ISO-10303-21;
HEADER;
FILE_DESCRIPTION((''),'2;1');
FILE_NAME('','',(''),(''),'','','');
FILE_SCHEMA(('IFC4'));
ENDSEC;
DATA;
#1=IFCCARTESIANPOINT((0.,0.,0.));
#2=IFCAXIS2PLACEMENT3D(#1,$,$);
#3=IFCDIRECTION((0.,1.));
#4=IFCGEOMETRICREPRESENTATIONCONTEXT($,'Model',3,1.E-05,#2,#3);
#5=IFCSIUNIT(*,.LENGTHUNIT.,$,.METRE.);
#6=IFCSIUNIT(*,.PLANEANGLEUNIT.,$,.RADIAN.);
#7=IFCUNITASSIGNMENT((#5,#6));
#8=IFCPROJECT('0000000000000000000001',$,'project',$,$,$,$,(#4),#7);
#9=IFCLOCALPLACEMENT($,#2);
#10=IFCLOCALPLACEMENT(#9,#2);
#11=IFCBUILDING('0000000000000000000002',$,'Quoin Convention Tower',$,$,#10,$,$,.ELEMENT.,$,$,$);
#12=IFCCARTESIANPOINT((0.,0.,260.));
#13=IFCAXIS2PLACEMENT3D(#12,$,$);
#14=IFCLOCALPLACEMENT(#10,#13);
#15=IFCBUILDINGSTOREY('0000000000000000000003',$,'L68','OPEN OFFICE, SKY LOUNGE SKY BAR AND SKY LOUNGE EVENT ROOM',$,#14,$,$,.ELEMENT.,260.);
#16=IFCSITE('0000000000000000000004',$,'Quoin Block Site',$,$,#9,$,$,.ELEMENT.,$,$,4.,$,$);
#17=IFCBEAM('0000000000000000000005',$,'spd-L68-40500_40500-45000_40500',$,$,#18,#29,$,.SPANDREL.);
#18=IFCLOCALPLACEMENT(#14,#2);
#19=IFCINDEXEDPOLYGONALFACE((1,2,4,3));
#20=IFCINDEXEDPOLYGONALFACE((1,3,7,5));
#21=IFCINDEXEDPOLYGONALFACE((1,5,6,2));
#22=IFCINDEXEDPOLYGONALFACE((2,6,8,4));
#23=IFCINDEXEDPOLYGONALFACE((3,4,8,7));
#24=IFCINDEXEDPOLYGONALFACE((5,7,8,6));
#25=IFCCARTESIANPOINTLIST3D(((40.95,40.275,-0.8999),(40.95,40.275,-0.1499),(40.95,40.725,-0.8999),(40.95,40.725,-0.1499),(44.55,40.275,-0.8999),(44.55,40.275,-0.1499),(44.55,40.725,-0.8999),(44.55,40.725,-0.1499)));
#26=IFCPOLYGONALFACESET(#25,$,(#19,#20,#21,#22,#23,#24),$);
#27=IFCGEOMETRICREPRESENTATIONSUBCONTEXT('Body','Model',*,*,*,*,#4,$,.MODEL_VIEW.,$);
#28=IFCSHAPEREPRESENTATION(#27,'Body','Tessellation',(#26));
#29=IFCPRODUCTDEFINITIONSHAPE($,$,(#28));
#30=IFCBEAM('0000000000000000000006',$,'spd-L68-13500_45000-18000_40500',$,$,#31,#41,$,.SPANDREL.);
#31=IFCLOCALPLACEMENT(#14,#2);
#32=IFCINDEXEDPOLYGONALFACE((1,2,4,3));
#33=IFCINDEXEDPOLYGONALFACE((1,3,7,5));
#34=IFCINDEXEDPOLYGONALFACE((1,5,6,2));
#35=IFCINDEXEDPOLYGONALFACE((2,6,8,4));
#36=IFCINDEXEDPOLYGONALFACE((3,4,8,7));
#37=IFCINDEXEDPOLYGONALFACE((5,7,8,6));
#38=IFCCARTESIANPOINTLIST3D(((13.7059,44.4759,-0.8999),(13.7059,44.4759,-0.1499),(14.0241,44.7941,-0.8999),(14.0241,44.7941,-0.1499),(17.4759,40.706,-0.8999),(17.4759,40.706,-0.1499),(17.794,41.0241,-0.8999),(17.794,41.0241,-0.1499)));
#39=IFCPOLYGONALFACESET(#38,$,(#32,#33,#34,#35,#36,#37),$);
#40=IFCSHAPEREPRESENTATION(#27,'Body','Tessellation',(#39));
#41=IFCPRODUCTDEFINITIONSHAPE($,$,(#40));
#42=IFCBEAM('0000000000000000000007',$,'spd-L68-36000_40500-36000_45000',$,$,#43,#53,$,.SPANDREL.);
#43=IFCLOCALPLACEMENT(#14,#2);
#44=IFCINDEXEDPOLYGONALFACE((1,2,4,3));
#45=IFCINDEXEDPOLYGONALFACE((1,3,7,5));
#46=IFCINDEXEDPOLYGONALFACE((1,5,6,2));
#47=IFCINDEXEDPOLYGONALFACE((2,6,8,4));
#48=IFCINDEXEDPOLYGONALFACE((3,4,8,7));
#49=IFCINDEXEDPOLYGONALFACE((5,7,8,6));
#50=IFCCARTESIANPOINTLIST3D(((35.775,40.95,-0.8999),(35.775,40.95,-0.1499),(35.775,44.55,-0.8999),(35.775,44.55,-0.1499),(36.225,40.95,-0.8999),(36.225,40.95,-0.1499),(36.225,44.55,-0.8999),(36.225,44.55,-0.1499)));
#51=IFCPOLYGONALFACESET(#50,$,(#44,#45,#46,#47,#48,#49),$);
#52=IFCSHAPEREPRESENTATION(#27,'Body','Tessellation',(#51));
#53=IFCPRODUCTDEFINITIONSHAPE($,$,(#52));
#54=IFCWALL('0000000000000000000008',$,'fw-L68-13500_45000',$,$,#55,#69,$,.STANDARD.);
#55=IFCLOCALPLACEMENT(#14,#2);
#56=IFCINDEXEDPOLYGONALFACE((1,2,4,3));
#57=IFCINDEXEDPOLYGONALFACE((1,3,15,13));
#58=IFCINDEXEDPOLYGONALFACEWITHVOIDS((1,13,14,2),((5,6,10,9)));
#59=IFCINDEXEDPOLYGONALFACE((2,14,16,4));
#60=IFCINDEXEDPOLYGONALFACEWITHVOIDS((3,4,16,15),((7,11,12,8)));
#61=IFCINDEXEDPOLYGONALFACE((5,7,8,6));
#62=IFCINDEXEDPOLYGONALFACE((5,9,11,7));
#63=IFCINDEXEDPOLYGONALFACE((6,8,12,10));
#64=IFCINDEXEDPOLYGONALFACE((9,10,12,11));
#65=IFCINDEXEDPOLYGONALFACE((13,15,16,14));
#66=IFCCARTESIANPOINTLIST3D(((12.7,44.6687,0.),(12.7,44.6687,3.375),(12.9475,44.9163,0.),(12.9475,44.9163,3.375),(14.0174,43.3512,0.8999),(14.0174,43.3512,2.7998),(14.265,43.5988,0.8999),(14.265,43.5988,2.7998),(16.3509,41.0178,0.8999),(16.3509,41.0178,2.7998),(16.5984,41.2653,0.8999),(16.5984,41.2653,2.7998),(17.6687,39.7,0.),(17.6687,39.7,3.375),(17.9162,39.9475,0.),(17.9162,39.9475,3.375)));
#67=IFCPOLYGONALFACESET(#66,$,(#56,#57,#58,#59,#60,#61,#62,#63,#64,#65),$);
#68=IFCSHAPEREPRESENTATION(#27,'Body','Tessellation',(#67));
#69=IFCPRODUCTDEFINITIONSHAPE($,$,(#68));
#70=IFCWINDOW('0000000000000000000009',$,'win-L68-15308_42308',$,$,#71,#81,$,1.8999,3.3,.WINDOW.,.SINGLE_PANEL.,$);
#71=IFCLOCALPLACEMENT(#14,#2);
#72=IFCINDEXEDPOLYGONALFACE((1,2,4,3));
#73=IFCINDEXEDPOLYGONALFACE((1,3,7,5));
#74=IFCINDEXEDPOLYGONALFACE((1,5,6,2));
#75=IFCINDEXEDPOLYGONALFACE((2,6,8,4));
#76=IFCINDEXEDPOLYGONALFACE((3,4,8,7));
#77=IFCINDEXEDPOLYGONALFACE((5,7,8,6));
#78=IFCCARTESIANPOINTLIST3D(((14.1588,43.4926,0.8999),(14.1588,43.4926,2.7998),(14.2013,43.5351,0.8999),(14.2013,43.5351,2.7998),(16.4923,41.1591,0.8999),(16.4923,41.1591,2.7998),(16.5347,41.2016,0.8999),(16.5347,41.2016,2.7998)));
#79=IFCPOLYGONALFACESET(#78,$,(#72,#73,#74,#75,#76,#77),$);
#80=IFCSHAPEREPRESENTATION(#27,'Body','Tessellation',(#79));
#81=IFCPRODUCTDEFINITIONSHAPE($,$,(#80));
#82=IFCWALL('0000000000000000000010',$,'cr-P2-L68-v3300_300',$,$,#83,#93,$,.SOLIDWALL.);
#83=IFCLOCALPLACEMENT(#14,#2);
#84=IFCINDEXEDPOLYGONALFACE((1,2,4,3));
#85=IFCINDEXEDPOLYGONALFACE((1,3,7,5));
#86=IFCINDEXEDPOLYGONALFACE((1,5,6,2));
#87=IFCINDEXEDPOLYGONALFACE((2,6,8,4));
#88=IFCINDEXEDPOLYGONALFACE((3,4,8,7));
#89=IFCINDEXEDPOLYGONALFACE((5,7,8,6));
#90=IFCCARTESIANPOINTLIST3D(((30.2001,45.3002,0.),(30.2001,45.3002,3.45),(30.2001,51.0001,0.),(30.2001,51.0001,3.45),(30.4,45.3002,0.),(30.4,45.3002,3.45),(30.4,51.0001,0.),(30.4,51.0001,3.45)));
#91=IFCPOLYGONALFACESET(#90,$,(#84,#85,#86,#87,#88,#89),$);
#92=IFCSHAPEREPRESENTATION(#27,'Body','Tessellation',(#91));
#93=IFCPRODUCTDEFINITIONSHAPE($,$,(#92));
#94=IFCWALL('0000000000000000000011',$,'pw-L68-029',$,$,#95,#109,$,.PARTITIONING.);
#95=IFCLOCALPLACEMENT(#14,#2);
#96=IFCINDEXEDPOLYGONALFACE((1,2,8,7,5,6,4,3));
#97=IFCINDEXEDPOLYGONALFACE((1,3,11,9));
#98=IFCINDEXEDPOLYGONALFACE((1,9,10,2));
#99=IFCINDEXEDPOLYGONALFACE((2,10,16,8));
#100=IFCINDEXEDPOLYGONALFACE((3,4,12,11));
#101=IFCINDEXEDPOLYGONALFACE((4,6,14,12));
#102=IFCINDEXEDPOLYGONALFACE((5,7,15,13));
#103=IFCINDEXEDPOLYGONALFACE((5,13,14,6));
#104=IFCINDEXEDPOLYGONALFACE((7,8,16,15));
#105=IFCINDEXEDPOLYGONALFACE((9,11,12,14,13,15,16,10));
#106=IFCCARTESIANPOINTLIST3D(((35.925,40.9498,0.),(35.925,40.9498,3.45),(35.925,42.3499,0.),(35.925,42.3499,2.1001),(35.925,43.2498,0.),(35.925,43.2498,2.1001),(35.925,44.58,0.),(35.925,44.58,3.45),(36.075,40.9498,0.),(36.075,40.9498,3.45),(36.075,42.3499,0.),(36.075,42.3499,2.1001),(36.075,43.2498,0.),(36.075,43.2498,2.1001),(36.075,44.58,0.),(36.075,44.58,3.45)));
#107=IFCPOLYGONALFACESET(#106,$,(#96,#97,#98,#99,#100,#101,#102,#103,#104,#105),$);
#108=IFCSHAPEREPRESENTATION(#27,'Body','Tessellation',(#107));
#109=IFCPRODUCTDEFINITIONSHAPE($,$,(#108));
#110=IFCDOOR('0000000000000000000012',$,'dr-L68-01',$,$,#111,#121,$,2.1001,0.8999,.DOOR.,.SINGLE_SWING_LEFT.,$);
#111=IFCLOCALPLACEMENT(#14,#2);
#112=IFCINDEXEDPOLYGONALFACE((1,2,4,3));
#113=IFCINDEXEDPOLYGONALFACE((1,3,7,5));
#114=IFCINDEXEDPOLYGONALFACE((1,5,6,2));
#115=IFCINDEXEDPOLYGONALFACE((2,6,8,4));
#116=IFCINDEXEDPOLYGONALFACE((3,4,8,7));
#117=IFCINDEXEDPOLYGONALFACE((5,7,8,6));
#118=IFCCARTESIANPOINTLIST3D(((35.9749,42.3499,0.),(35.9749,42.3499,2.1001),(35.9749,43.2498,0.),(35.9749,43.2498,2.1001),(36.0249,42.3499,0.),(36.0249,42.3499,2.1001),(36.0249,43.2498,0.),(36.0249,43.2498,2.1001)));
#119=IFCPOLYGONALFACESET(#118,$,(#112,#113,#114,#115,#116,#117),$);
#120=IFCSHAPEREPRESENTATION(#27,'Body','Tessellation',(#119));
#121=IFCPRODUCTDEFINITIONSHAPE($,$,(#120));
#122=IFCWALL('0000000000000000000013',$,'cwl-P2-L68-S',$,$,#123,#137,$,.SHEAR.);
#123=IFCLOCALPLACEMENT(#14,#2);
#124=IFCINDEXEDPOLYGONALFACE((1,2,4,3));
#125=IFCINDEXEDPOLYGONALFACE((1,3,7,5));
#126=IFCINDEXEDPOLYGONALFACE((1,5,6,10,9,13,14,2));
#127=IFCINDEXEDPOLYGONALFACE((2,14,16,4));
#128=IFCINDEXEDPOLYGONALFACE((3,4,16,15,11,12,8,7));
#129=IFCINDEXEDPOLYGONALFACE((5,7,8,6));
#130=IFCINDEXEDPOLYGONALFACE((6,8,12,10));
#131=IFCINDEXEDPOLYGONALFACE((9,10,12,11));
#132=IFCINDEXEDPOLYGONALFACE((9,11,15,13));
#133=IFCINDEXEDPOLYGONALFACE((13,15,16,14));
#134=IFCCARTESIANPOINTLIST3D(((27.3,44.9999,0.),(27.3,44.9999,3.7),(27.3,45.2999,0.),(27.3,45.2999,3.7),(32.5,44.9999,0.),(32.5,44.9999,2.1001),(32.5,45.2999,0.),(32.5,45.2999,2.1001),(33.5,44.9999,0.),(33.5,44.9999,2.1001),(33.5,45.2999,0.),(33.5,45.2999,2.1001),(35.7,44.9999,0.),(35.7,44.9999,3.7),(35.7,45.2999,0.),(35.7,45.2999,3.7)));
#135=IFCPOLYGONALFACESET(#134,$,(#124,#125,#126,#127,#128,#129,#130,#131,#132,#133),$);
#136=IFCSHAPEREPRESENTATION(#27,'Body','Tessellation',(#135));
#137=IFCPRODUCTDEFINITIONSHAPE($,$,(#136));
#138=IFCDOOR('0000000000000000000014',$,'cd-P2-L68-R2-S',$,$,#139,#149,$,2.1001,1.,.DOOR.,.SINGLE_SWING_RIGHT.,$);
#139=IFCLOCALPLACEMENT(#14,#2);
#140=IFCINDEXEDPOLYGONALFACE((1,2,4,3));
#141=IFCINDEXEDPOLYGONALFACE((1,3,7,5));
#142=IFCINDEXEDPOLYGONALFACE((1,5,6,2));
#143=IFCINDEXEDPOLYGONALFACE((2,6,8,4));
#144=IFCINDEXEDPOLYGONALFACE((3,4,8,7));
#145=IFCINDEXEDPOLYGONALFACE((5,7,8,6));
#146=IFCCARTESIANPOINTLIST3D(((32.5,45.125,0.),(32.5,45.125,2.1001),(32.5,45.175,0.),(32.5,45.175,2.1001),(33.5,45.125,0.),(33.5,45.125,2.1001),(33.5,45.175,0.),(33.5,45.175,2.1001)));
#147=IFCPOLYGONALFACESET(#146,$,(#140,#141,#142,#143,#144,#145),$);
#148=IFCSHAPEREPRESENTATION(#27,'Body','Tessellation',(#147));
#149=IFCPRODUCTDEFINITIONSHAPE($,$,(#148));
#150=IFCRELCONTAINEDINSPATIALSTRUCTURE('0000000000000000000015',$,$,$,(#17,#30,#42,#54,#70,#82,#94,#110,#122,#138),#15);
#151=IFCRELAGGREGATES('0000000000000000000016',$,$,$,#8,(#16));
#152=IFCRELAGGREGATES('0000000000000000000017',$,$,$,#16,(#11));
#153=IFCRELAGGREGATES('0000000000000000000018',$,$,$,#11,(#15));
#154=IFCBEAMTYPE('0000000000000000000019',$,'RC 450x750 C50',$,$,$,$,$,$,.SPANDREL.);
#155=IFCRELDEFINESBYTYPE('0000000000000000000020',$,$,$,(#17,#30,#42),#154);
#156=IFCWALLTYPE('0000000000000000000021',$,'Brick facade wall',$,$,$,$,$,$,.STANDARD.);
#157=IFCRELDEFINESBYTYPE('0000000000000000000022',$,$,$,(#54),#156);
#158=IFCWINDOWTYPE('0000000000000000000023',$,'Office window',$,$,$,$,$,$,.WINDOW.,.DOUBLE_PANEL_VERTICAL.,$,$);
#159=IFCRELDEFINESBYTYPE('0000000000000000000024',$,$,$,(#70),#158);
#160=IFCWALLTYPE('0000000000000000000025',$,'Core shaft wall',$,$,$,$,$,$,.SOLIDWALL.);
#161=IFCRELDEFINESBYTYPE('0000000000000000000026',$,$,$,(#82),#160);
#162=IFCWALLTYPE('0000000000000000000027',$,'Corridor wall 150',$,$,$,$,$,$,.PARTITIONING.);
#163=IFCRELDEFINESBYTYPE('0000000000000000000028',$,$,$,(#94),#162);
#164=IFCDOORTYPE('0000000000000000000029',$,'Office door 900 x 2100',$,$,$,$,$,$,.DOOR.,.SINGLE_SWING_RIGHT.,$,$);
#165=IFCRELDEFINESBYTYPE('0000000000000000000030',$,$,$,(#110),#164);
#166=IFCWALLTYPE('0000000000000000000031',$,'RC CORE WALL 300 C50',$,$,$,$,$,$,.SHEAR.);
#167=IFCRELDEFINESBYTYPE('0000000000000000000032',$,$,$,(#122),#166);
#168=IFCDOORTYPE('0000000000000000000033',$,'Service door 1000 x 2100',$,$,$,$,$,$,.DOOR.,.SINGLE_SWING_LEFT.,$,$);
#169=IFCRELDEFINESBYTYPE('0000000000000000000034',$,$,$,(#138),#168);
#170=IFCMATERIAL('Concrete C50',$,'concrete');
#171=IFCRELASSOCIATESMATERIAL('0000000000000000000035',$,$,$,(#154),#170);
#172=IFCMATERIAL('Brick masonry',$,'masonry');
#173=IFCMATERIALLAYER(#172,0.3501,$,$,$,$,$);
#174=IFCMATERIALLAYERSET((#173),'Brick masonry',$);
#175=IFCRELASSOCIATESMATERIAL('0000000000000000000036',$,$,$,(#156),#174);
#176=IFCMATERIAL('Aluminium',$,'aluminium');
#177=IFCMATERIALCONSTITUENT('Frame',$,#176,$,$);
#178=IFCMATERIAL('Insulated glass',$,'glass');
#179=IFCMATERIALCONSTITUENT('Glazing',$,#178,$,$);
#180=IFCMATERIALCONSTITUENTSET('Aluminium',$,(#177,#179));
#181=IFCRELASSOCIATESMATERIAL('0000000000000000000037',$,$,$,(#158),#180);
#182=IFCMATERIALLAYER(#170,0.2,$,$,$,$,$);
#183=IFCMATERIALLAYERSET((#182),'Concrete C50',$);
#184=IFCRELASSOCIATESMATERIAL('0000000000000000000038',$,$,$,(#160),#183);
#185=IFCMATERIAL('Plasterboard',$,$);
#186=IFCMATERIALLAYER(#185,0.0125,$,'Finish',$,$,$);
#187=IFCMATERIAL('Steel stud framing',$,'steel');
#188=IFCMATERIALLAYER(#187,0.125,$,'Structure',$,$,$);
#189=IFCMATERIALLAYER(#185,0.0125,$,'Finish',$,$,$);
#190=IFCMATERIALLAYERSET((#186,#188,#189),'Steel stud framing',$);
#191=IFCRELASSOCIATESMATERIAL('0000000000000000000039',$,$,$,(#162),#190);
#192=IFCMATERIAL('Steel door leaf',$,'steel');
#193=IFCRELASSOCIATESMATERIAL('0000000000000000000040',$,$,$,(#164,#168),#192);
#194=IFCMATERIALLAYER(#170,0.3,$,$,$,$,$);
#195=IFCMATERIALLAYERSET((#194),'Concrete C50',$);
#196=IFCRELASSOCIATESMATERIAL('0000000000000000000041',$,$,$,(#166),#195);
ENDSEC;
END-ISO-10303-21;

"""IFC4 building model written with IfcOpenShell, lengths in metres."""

from ifc_helpers import new_model, si_unit, direction, frame, frame_2d, origin, origin_2d, place, context, subcontext, project, spatial, rectangle, extrude, material, layer, layer_set, constituent, constituent_set, material_profile, profile_set, type_object, element, fill, save


model = new_model("IFC4")

# Units and contexts
model_context = context("Model", 3, precision=1e-05, world=origin(), true_north=direction((0.0, 1.0)))
body_context = subcontext(model_context, "Body", "Model", "MODEL_VIEW")
ifc_project = project(units=[si_unit("LENGTHUNIT", "METRE"), si_unit("PLANEANGLEUNIT", "RADIAN")], contexts=[model_context])

# Site, building, storey
site_placement = place(None, origin())
site = spatial("IfcSite", under=ifc_project, at=site_placement, Name="Quoin Block Site", CompositionType="ELEMENT", RefElevation=4.0)
building_placement = place(site_placement, origin())
building = spatial("IfcBuilding", under=site, at=building_placement, Name="Quoin Convention Tower", CompositionType="ELEMENT")
storey_placement = place(building_placement, frame((0.0, 0.0, 260.0)))
storey = spatial("IfcBuildingStorey", under=building, at=storey_placement, Name="L68", Description="OPEN OFFICE, SKY LOUNGE SKY BAR AND SKY LOUNGE EVENT ROOM", CompositionType="ELEMENT", Elevation=260.0)

# Shared definitions
ifc_material_1 = material(Name="Concrete C50", Category="concrete")

# Beams
ifc_material_profile_1 = material_profile(ifc_material_1, rectangle(XDim=0.45, YDim=0.75, at=origin_2d()), Name="RC 450x750")
ifc_profile_set_1 = profile_set([ifc_material_profile_1], Name="Concrete C50")
beam_type_1 = type_object("IfcBeamType", Name="RC 450x750 C50", PredefinedType="SPANDREL", material=ifc_profile_set_1)
beam_1_placement = place(storey_placement, frame((40.95, 40.5, -0.5249), z_axis=(1.0, 0.0, 0.0), x_axis=(0.0, 1.0, 0.0)))
element("IfcBeam", 1, at=beam_1_placement, inside=storey, type_object=beam_type_1, Name="spd-L68-40500_40500-45000_40500", PredefinedType="SPANDREL", context=body_context, shape_type="SweptSolid", body=[
    extrude(rectangle(XDim=0.45, YDim=0.75, at=origin_2d()), origin(), (0.0, 0.0, 1.0), 3.6001),
])
beam_2_placement = place(storey_placement, frame((13.865, 44.635, -0.5249), z_axis=(0.707107, -0.707107, 0.0), x_axis=(0.707107, 0.707107, 0.0)))
element("IfcBeam", 2, at=beam_2_placement, inside=storey, type_object=beam_type_1, Name="spd-L68-13500_45000-18000_40500", PredefinedType="SPANDREL", context=body_context, shape_type="SweptSolid", body=[
    extrude(rectangle(XDim=0.45, YDim=0.75, at=origin_2d()), origin(), (0.0, 0.0, 1.0), 5.3315),
])
beam_3_placement = place(storey_placement, frame((36.0, 40.95, -0.5249), z_axis=(0.0, 1.0, 0.0), x_axis=(-1.0, 0.0, 0.0)))
element("IfcBeam", 3, at=beam_3_placement, inside=storey, type_object=beam_type_1, Name="spd-L68-36000_40500-36000_45000", PredefinedType="SPANDREL", context=body_context, shape_type="SweptSolid", body=[
    extrude(rectangle(XDim=0.45, YDim=0.75, at=origin_2d()), origin(), (0.0, 0.0, 1.0), 3.6001),
])

# Wall, opening, window
ifc_material_2 = material(Name="Brick masonry", Category="masonry")
ifc_layer_1 = layer(ifc_material_2, 0.3501)
ifc_layer_set_1 = layer_set([ifc_layer_1], Name="Brick masonry")
wall_type_1 = type_object("IfcWallType", Name="Brick facade wall", PredefinedType="STANDARD", material=ifc_layer_set_1)
wall_1_placement = place(storey_placement, frame((12.8237, 44.7925, 0.0), z_axis=(0.0, 0.0, 1.0), x_axis=(0.707107, -0.707107, 0.0)))
wall_1 = element("IfcWall", 4, at=wall_1_placement, inside=storey, type_object=wall_type_1, Name="fw-L68-13500_45000", PredefinedType="STANDARD", context=body_context, shape_type="SweptSolid", body=[
    extrude(rectangle(XDim=7.0269, YDim=0.3501, at=frame_2d((3.5134, 0.0))), origin(), (0.0, 0.0, 1.0), 3.375),
])
opening_1_placement = place(wall_1_placement, frame((1.8633, 0.0, 0.8999)))
opening_1 = element("IfcOpeningElement", 5, at=opening_1_placement, cuts=wall_1, PredefinedType="OPENING", context=body_context, shape_type="SweptSolid", body=[
    extrude(rectangle(XDim=3.3, YDim=1.8999, at=frame_2d((1.6499, 0.95))), frame((0.0, 0.1851, 0.0), z_axis=(0.0, -1.0, 0.0), x_axis=(1.0, 0.0, 0.0)), (0.0, 0.0, 1.0), 0.3701),
])
ifc_material_3 = material(Name="Aluminium", Category="aluminium")
ifc_constituent_1 = constituent(ifc_material_3, Name="Frame")
ifc_material_4 = material(Name="Insulated glass", Category="glass")
ifc_constituent_2 = constituent(ifc_material_4, Name="Glazing")
ifc_constituent_set = constituent_set(constituents=[ifc_constituent_1, ifc_constituent_2], Name="Aluminium")
window_type = type_object("IfcWindowType", Name="Office window", PartitioningType="DOUBLE_PANEL_VERTICAL", PredefinedType="WINDOW", material=ifc_constituent_set)
window_placement = place(opening_1_placement, origin())
window = element("IfcWindow", 6, at=window_placement, inside=storey, type_object=window_type, Name="win-L68-15308_42308", OverallHeight=1.8999, OverallWidth=3.3, PartitioningType="SINGLE_PANEL", PredefinedType="WINDOW", context=body_context, shape_type="SweptSolid", body=[
    extrude(rectangle(XDim=3.3, YDim=1.8999, at=frame_2d((1.6499, 0.95))), frame((0.0, 0.085, 0.0), z_axis=(0.0, -1.0, 0.0), x_axis=(1.0, 0.0, 0.0)), (0.0, 0.0, 1.0), 0.0601),
])
fill(opening_1, window)

# Wall
ifc_layer_2 = layer(ifc_material_1, 0.2)
ifc_layer_set_2 = layer_set([ifc_layer_2], Name="Concrete C50")
wall_type_2 = type_object("IfcWallType", Name="Core shaft wall", PredefinedType="SOLIDWALL", material=ifc_layer_set_2)
wall_2_placement = place(storey_placement, frame((30.3, 45.3, 0.0), z_axis=(0.0, 0.0, 1.0), x_axis=(0.0, 1.0, 0.0)))
element("IfcWall", 7, at=wall_2_placement, inside=storey, type_object=wall_type_2, Name="cr-P2-L68-v3300_300", PredefinedType="SOLIDWALL", context=body_context, shape_type="SweptSolid", body=[
    extrude(rectangle(XDim=5.7, YDim=0.2, at=frame_2d((2.8501, 0.0))), origin(), (0.0, 0.0, 1.0), 3.45),
])

# Walls, openings, doors
ifc_material_5 = material(Name="Plasterboard")
ifc_layer_3 = layer(ifc_material_5, 0.0125, Name="Finish")
ifc_material_6 = material(Name="Steel stud framing", Category="steel")
ifc_layer_4 = layer(ifc_material_6, 0.125, Name="Structure")
ifc_layer_5 = layer(ifc_material_5, 0.0125, Name="Finish")
ifc_layer_set_3 = layer_set([ifc_layer_3, ifc_layer_4, ifc_layer_5], Name="Steel stud framing")
wall_type_3 = type_object("IfcWallType", Name="Corridor wall 150", PredefinedType="PARTITIONING", material=ifc_layer_set_3)
wall_3_placement = place(storey_placement, frame((36.0, 40.95, 0.0), z_axis=(0.0, 0.0, 1.0), x_axis=(0.0, 1.0, 0.0)))
wall_3 = element("IfcWall", 8, at=wall_3_placement, inside=storey, type_object=wall_type_3, Name="pw-L68-029", PredefinedType="PARTITIONING", context=body_context, shape_type="SweptSolid", body=[
    extrude(rectangle(XDim=3.6301, YDim=0.1499, at=frame_2d((1.8149, 0.0))), origin(), (0.0, 0.0, 1.0), 3.45),
])
opening_2_placement = place(wall_3_placement, frame((1.3999, 0.0, 0.0)))
opening_2 = element("IfcOpeningElement", 9, at=opening_2_placement, cuts=wall_3, PredefinedType="OPENING", context=body_context, shape_type="SweptSolid", body=[
    extrude(rectangle(XDim=0.8999, YDim=2.1001, at=frame_2d((0.45, 1.05))), frame((0.0, 0.085, 0.0), z_axis=(0.0, -1.0, 0.0), x_axis=(1.0, 0.0, 0.0)), (0.0, 0.0, 1.0), 0.1699),
])
ifc_material_7 = material(Name="Steel door leaf", Category="steel")
door_type_1 = type_object("IfcDoorType", Name="Office door 900 x 2100", OperationType="SINGLE_SWING_RIGHT", PredefinedType="DOOR", material=ifc_material_7)
door_1_placement = place(opening_2_placement, frame((0.8999, 0.0, 0.0), z_axis=(0.0, 0.0, 1.0), x_axis=(-1.0, 0.0, 0.0)))
door_1 = element("IfcDoor", 10, at=door_1_placement, inside=storey, type_object=door_type_1, Name="dr-L68-01", OperationType="SINGLE_SWING_LEFT", OverallHeight=2.1001, OverallWidth=0.8999, PredefinedType="DOOR", context=body_context, shape_type="SweptSolid", body=[
    extrude(rectangle(XDim=0.8999, YDim=2.1001, at=frame_2d((0.45, 1.05))), frame((0.0, 0.0249, 0.0), z_axis=(0.0, -1.0, 0.0), x_axis=(1.0, 0.0, 0.0)), (0.0, 0.0, 1.0), 0.05),
])
fill(opening_2, door_1)
ifc_layer_6 = layer(ifc_material_1, 0.3)
ifc_layer_set_4 = layer_set([ifc_layer_6], Name="Concrete C50")
wall_type_4 = type_object("IfcWallType", Name="RC CORE WALL 300 C50", PredefinedType="SHEAR", material=ifc_layer_set_4)
wall_4_placement = place(storey_placement, frame((27.3, 45.1499, 0.0), z_axis=(0.0, 0.0, 1.0), x_axis=(1.0, 0.0, 0.0)))
wall_4 = element("IfcWall", 11, at=wall_4_placement, inside=storey, type_object=wall_type_4, Name="cwl-P2-L68-S", PredefinedType="SHEAR", context=body_context, shape_type="SweptSolid", body=[
    extrude(rectangle(XDim=8.3999, YDim=0.3, at=frame_2d((4.2, 0.0))), origin(), (0.0, 0.0, 1.0), 3.7),
])
opening_3_placement = place(wall_4_placement, frame((5.2, 0.0, 0.0)))
opening_3 = element("IfcOpeningElement", 12, at=opening_3_placement, cuts=wall_4, PredefinedType="OPENING", context=body_context, shape_type="SweptSolid", body=[
    extrude(rectangle(XDim=1.0, YDim=2.1001, at=frame_2d((0.5, 1.05))), frame((0.0, 0.1599, 0.0), z_axis=(0.0, -1.0, 0.0), x_axis=(1.0, 0.0, 0.0)), (0.0, 0.0, 1.0), 0.3201),
])
door_type_2 = type_object("IfcDoorType", Name="Service door 1000 x 2100", OperationType="SINGLE_SWING_LEFT", PredefinedType="DOOR", material=ifc_material_7)
door_2_placement = place(opening_3_placement, frame((1.0, 0.0, 0.0), z_axis=(0.0, 0.0, 1.0), x_axis=(-1.0, 0.0, 0.0)))
door_2 = element("IfcDoor", 13, at=door_2_placement, inside=storey, type_object=door_type_2, Name="cd-P2-L68-R2-S", OperationType="SINGLE_SWING_RIGHT", OverallHeight=2.1001, OverallWidth=1.0, PredefinedType="DOOR", context=body_context, shape_type="SweptSolid", body=[
    extrude(rectangle(XDim=1.0, YDim=2.1001, at=frame_2d((0.5, 1.05))), frame((0.0, 0.0249, 0.0), z_axis=(0.0, -1.0, 0.0), x_axis=(1.0, 0.0, 0.0)), (0.0, 0.0, 1.0), 0.05),
])
fill(opening_3, door_2)

save(model, "model.ifc")
